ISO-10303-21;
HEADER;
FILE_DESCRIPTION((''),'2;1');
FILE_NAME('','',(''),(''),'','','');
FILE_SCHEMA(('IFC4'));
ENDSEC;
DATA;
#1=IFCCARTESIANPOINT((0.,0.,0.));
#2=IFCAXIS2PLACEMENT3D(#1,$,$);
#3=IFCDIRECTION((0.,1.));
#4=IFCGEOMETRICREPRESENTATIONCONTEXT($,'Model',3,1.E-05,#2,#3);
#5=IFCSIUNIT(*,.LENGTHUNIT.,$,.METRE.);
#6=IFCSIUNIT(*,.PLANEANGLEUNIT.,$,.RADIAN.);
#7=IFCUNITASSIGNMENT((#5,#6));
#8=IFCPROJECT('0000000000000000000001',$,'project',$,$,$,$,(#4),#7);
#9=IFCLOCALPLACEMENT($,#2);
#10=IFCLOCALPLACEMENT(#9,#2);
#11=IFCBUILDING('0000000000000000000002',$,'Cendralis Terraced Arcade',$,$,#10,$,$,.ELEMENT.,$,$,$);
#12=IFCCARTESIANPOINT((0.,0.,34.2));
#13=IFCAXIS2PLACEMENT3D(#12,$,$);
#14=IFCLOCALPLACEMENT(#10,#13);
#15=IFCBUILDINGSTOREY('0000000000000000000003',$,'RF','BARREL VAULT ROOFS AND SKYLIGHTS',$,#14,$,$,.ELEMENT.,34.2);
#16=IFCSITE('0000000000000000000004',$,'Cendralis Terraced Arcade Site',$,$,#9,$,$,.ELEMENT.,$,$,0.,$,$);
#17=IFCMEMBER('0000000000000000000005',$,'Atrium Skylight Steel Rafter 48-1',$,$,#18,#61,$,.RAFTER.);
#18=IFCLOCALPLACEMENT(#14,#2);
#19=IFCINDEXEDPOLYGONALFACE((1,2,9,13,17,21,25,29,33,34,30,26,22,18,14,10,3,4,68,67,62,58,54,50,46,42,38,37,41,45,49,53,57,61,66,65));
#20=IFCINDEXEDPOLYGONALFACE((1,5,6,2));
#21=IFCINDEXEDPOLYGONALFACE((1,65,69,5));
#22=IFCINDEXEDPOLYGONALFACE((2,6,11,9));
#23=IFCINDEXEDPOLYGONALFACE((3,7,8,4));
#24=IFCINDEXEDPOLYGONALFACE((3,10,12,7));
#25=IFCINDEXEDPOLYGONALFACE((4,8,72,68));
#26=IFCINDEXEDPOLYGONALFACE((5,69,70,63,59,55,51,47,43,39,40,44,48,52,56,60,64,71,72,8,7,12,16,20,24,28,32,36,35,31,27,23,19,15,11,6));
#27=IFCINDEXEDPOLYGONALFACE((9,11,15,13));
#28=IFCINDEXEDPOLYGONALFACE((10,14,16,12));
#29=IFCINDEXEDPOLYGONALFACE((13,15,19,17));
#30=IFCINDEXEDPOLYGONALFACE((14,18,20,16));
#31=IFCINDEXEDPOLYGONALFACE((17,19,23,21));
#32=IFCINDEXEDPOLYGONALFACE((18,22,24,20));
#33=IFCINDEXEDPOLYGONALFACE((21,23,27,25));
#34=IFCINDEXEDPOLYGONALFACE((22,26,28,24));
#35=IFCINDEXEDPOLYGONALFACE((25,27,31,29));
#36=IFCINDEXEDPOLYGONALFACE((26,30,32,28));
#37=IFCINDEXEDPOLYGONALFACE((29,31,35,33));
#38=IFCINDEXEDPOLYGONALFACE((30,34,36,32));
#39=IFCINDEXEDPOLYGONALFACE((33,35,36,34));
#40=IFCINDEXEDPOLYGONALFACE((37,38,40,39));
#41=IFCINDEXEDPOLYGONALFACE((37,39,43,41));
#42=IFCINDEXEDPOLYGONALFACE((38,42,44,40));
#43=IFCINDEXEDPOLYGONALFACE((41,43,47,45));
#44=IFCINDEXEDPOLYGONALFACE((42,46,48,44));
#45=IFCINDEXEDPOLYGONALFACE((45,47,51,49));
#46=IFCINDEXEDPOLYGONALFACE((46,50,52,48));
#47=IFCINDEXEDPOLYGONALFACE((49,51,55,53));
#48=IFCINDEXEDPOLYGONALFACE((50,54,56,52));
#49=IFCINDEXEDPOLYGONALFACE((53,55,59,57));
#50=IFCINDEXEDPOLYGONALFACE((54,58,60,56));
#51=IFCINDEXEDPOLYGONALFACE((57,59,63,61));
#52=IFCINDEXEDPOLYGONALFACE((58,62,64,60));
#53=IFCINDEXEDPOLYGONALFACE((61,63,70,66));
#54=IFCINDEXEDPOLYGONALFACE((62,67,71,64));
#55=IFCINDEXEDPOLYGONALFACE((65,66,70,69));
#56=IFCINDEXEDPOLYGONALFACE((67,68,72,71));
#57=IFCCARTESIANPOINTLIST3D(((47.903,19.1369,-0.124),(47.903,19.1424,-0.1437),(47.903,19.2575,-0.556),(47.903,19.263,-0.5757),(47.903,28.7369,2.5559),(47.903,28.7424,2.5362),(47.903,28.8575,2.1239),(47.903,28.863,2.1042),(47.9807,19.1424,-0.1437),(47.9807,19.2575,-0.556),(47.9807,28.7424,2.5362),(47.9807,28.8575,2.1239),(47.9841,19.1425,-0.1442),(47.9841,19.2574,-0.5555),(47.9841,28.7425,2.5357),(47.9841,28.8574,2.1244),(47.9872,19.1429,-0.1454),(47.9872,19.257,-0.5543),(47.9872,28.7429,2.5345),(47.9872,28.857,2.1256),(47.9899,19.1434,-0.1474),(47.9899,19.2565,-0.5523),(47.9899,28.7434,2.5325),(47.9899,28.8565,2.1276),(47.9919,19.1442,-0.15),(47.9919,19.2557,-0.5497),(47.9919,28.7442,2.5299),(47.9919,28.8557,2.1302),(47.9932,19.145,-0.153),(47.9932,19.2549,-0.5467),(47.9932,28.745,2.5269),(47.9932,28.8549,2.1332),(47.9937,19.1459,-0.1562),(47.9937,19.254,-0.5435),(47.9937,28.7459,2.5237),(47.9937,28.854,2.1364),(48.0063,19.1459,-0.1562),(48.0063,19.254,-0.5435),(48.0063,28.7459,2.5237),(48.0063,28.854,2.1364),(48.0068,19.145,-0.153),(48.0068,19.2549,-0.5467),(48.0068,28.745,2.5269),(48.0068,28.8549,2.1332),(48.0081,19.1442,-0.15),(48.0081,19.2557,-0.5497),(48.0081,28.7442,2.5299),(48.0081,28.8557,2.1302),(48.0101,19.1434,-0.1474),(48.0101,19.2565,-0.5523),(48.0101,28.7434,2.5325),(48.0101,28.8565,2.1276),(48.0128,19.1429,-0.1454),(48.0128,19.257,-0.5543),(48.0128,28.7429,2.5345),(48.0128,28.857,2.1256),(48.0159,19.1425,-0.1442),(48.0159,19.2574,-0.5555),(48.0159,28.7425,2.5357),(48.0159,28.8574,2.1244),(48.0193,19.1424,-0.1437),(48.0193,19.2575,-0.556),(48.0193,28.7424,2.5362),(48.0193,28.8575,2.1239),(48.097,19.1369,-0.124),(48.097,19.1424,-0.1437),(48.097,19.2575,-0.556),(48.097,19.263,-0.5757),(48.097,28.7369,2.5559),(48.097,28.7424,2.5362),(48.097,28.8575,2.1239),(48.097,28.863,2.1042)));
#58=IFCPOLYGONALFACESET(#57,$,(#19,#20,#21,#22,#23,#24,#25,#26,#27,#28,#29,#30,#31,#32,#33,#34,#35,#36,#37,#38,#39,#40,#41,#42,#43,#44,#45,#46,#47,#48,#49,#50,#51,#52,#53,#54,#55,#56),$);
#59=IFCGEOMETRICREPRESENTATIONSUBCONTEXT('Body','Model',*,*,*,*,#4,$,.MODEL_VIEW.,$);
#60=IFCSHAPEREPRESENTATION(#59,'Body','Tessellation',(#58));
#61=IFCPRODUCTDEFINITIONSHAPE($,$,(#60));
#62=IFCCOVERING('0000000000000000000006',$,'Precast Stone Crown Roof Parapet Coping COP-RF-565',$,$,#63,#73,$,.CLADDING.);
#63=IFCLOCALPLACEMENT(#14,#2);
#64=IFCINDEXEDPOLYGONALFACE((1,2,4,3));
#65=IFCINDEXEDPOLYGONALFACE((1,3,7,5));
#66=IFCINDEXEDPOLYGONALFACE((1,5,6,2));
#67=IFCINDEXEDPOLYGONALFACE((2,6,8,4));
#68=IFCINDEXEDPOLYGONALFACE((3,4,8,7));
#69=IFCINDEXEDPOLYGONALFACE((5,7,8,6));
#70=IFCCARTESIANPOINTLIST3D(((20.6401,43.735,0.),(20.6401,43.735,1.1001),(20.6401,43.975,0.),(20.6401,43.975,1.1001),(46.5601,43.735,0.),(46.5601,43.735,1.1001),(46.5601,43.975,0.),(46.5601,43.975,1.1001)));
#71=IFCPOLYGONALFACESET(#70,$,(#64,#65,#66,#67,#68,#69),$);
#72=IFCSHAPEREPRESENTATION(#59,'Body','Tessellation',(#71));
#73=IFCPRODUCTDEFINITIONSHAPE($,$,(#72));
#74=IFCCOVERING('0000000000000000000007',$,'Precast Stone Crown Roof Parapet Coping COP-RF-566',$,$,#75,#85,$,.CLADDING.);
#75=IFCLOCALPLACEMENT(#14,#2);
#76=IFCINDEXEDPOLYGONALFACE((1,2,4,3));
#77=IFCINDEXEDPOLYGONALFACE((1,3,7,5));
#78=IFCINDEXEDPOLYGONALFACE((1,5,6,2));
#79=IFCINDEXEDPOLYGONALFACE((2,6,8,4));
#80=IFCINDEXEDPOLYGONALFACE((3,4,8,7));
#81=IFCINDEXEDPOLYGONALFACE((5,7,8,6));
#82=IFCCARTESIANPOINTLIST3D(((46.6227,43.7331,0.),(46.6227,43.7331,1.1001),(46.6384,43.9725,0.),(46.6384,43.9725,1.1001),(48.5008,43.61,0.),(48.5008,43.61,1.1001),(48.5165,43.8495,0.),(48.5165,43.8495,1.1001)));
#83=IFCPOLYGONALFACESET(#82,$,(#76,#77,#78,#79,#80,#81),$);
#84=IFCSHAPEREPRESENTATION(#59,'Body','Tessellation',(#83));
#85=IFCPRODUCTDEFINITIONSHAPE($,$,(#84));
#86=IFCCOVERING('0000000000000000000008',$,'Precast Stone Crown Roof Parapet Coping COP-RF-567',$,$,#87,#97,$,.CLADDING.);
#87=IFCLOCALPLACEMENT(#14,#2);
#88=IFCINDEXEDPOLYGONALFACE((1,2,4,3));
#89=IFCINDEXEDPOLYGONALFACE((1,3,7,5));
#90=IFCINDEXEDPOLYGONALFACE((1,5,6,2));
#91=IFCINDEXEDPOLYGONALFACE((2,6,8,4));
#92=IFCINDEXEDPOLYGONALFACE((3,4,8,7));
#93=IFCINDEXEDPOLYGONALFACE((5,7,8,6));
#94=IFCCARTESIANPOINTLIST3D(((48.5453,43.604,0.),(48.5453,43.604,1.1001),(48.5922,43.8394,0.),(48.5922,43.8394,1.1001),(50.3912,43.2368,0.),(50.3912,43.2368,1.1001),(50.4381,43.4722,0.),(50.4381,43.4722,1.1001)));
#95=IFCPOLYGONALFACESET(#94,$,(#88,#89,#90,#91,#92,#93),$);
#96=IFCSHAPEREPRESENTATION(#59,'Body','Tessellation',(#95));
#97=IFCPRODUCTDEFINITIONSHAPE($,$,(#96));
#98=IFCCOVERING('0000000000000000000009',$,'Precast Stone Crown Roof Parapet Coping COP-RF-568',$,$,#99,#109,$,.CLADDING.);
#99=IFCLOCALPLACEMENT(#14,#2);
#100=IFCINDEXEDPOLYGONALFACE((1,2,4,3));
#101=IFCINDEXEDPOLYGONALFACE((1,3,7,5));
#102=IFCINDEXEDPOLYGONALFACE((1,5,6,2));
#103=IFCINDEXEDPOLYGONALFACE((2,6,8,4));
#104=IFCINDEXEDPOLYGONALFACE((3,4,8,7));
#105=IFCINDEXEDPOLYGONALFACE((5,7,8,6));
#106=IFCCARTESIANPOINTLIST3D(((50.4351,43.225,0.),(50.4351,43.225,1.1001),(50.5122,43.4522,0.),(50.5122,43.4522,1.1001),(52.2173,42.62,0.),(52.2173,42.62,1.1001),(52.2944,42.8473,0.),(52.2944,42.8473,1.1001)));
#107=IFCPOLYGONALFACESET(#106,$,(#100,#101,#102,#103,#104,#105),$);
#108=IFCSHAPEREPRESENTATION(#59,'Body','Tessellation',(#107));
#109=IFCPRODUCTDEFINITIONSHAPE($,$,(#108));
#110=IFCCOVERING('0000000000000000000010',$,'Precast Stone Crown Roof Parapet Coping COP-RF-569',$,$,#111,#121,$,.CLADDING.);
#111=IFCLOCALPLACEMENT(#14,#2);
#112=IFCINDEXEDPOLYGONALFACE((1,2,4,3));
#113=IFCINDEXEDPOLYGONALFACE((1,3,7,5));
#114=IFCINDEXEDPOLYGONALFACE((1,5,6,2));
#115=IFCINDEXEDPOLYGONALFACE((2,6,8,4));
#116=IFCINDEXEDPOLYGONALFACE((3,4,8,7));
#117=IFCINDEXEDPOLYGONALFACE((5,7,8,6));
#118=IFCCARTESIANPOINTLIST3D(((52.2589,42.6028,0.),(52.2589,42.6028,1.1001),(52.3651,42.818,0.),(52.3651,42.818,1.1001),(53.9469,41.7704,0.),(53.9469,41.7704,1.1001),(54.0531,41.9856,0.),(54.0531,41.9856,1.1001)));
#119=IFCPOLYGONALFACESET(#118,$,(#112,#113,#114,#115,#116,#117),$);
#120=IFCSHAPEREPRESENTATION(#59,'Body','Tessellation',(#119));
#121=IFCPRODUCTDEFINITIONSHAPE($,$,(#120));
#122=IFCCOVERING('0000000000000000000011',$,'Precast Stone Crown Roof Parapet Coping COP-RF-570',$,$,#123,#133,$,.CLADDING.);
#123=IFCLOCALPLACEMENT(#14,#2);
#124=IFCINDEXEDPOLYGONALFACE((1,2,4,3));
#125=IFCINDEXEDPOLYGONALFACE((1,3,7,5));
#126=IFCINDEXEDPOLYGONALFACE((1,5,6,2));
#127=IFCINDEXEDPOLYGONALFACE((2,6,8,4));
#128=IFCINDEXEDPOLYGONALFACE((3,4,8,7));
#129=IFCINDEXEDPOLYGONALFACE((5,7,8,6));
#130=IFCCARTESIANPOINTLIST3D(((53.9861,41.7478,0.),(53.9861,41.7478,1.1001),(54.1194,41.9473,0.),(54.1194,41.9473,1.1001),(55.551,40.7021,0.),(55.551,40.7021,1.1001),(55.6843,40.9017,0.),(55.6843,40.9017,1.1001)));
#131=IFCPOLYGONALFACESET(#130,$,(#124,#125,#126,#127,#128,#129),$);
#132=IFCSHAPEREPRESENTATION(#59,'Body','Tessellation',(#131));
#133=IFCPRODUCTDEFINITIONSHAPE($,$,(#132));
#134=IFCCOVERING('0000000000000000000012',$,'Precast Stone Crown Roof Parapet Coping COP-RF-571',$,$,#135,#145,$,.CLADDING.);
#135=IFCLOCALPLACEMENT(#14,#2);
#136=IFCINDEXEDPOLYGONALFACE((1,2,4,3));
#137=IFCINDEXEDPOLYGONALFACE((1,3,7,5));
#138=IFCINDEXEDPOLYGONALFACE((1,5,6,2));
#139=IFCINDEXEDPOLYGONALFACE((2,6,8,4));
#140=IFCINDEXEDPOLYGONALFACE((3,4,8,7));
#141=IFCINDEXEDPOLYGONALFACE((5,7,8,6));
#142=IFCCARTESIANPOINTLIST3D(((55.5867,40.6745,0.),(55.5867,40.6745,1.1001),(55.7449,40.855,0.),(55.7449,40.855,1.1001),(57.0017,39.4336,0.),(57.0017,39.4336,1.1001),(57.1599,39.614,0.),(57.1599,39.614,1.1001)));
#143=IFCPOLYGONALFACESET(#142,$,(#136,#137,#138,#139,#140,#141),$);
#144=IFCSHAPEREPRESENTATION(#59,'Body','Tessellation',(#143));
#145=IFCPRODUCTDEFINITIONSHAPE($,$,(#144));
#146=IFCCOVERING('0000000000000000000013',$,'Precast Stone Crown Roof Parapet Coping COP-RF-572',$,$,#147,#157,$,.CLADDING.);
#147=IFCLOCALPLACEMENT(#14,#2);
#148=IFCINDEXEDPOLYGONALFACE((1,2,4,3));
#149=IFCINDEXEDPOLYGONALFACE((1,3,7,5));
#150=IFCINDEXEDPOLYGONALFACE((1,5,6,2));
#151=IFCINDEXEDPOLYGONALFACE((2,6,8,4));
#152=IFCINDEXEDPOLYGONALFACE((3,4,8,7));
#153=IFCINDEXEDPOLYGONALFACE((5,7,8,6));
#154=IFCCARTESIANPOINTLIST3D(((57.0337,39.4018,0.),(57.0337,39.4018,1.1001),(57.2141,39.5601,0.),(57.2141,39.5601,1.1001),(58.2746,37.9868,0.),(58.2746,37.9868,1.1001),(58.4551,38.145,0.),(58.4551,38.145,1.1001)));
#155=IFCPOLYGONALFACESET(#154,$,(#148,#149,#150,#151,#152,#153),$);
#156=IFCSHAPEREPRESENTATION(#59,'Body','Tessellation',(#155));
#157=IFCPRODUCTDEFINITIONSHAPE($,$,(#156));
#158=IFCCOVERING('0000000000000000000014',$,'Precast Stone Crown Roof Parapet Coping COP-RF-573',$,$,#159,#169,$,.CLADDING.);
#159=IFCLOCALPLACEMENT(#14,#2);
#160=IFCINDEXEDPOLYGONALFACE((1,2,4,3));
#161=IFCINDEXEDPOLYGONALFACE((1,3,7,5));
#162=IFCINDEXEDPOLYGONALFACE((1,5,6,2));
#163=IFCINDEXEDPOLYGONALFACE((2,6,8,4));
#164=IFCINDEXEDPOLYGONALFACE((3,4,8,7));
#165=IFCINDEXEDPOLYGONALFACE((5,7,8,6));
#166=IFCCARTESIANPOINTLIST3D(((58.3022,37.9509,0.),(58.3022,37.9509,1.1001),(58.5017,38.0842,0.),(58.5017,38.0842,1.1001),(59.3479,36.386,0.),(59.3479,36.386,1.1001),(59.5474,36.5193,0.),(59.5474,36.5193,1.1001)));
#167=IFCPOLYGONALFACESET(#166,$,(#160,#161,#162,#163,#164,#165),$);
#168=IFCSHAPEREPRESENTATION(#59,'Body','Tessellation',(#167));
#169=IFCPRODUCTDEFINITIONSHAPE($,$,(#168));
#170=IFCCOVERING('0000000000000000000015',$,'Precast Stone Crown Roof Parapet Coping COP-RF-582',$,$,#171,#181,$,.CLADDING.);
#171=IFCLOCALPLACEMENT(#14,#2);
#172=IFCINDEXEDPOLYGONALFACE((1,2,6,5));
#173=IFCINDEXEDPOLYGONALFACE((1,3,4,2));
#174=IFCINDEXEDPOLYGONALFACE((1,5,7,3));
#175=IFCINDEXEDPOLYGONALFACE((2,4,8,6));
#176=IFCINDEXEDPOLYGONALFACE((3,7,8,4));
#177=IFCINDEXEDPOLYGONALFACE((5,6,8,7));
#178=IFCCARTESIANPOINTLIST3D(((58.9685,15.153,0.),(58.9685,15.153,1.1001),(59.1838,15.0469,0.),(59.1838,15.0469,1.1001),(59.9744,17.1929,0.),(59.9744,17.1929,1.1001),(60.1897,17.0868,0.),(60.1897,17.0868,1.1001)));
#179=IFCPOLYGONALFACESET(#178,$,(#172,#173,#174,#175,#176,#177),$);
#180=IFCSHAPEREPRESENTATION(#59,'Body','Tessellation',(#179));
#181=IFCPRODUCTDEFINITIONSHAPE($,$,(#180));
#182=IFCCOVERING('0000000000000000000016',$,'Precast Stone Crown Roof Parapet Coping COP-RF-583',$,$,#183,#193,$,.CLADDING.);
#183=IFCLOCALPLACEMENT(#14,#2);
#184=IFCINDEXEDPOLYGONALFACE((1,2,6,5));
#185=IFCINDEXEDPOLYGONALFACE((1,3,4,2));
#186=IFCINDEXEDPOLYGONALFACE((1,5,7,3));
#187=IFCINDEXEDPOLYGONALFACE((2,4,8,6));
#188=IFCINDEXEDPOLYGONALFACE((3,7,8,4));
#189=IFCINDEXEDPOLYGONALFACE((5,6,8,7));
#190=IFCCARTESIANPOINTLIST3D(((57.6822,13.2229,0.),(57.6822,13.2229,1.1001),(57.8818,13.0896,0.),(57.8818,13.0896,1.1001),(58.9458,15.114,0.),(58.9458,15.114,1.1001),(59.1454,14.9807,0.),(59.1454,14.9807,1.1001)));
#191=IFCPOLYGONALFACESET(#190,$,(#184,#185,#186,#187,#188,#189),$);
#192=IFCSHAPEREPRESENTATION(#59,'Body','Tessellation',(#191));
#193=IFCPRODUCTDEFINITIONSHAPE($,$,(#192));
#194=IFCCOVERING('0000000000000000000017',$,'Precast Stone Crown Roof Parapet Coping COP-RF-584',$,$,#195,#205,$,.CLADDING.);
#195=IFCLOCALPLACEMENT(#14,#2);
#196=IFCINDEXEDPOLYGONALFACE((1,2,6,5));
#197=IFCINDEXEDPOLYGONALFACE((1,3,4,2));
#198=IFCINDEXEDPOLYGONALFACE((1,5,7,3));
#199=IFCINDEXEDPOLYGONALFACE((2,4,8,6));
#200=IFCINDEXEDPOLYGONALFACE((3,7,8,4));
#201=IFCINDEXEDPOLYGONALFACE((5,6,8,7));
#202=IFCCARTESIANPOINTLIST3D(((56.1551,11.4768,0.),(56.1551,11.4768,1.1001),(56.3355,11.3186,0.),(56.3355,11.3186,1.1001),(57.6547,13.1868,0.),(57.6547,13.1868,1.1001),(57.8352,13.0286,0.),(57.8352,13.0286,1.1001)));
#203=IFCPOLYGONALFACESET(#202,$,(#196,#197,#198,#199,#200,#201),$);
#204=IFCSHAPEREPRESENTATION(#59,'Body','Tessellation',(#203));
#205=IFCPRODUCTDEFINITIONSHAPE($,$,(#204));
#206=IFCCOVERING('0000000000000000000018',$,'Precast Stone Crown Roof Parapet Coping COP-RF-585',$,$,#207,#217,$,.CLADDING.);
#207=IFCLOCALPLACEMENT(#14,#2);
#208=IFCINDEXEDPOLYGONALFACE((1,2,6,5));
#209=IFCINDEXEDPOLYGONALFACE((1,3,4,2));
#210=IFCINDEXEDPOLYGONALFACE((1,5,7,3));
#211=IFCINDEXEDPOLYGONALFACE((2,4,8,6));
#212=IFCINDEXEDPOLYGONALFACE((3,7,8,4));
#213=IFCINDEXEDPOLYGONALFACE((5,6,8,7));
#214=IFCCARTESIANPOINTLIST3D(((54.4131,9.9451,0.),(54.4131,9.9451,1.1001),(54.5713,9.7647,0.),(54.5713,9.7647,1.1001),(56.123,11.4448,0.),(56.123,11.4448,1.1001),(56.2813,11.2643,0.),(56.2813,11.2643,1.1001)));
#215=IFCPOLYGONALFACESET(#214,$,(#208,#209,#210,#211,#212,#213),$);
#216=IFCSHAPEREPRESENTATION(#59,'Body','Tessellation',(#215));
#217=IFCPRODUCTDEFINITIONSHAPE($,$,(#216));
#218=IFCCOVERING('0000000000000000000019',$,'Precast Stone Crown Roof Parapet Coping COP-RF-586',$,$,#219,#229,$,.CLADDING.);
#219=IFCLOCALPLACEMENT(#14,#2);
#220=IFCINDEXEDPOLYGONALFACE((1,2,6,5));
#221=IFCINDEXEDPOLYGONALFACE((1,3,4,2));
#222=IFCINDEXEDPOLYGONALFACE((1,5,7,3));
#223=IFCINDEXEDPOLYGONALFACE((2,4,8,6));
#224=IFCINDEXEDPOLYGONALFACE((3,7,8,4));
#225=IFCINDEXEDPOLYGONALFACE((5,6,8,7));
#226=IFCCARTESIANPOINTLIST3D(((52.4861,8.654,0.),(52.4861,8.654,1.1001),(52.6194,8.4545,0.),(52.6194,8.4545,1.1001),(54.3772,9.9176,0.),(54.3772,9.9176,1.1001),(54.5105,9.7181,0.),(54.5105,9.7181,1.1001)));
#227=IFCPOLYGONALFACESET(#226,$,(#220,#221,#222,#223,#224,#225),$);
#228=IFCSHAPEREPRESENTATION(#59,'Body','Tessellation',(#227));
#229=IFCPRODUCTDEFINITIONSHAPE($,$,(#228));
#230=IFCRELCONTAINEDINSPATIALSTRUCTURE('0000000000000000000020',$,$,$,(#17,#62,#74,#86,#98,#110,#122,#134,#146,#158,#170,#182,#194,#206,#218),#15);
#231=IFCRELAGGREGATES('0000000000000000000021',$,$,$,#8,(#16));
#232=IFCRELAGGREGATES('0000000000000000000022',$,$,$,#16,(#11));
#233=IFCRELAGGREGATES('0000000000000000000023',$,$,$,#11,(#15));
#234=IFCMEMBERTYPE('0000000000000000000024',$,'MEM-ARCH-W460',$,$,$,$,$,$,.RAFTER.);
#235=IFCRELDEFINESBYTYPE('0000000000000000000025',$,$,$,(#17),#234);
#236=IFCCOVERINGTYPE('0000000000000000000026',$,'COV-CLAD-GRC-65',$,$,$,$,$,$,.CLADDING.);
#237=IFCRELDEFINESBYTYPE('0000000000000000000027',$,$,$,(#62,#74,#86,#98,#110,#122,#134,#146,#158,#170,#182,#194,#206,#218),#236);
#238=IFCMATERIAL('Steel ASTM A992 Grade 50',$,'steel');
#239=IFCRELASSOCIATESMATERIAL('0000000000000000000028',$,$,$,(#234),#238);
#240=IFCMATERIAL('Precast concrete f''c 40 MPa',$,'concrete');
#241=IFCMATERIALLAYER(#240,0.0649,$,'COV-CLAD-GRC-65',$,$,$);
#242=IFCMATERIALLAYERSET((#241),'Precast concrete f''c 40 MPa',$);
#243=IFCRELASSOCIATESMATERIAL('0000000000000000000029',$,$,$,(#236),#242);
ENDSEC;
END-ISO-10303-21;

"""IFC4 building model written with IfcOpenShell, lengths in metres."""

from ifc_helpers import new_model, si_unit, direction, frame, origin, origin_2d, place, context, subcontext, project, spatial, rectangle, i_section, extrude, material, layer, layer_set, material_profile, profile_set, type_object, element, save


model = new_model("IFC4")

# Units and contexts
model_context = context("Model", 3, precision=1e-05, world=origin(), true_north=direction((0.0, 1.0)))
body_context = subcontext(model_context, "Body", "Model", "MODEL_VIEW")
ifc_project = project(units=[si_unit("LENGTHUNIT", "METRE"), si_unit("PLANEANGLEUNIT", "RADIAN")], contexts=[model_context])

# Site, building, storey
site_placement = place(None, origin())
site = spatial("IfcSite", under=ifc_project, at=site_placement, Name="Cendralis Terraced Arcade Site", CompositionType="ELEMENT", RefElevation=0.0)
building_placement = place(site_placement, origin())
building = spatial("IfcBuilding", under=site, at=building_placement, Name="Cendralis Terraced Arcade", CompositionType="ELEMENT")
storey_placement = place(building_placement, frame((0.0, 0.0, 34.2)))
storey = spatial("IfcBuildingStorey", under=building, at=storey_placement, Name="RF", Description="BARREL VAULT ROOFS AND SKYLIGHTS", CompositionType="ELEMENT", Elevation=34.2)

# Member
ifc_material_1 = material(Name="Steel ASTM A992 Grade 50", Category="steel")
ifc_material_profile_1 = material_profile(ifc_material_1, i_section(OverallWidth=0.1941, OverallDepth=0.469, WebThickness=0.0127, FlangeThickness=0.0205, FilletRadius=0.0129, at=origin_2d()), Name="W460X106", Category="LoadBearing")
ifc_profile_set_1 = profile_set([ifc_material_profile_1], Name="Steel ASTM A992 Grade 50")
member_type_1 = type_object("IfcMemberType", Name="MEM-ARCH-W460", PredefinedType="RAFTER", material=ifc_profile_set_1)
for number, where, z_axis, x_axis, name in (
    (1, (48.0, 19.2, -0.3499), (0.0, 0.963175, 0.268877), (-1.0, 0.0, 0.0), "Atrium Skylight Steel Rafter 48-1"),
):
    element("IfcMember", number, at=place(storey_placement, frame(where, z_axis=z_axis, x_axis=x_axis)), inside=storey, type_object=member_type_1, Name=name, PredefinedType="RAFTER", context=body_context, shape_type="SweptSolid", body=[
        extrude(i_section(OverallWidth=0.1941, OverallDepth=0.469, WebThickness=0.0127, FlangeThickness=0.0205, FilletRadius=0.0129, at=origin_2d()), origin(), (0.0, 0.0, 1.0), 9.967),
    ])

# Coverings
ifc_material_2 = material(Name="Precast concrete f'c 40 MPa", Category="concrete")
ifc_layer = layer(ifc_material_2, 0.0649, Name="COV-CLAD-GRC-65")
ifc_layer_set = layer_set([ifc_layer], Name="Precast concrete f'c 40 MPa")
covering_type = type_object("IfcCoveringType", Name="COV-CLAD-GRC-65", PredefinedType="CLADDING", material=ifc_layer_set)
covering_1_placement = place(storey_placement, frame((33.6001, 43.855, 0.0), z_axis=(0.0, 0.0, 1.0), x_axis=(1.0, 0.0, 0.0)))
element("IfcCovering", 2, at=covering_1_placement, inside=storey, type_object=covering_type, Name="Precast Stone Crown Roof Parapet Coping COP-RF-565", PredefinedType="CLADDING", context=body_context, shape_type="SweptSolid", body=[
    extrude(rectangle(XDim=25.9199, YDim=0.24, at=origin_2d()), origin(), (0.0, 0.0, 1.0), 1.1001),
])
for number, where, z_axis, x_axis, name in (
    (3, (47.5696, 43.7913, 0.0), (0.0, 0.0, 1.0), (0.99786, -0.065386, 0.0), "Precast Stone Crown Roof Parapet Coping COP-RF-566"),
    (4, (49.4917, 43.5381, 0.0), (0.0, 0.0, 1.0), (0.980785, -0.19509, 0.0), "Precast Stone Crown Roof Parapet Coping COP-RF-567"),
    (5, (51.3647, 43.0361, 0.0), (0.0, 0.0, 1.0), (0.94693, -0.321439, 0.0), "Precast Stone Crown Roof Parapet Coping COP-RF-568"),
    (6, (53.156, 42.2942, 0.0), (0.0, 0.0, 1.0), (0.896873, -0.442289, 0.0), "Precast Stone Crown Roof Parapet Coping COP-RF-569"),
    (7, (54.8352, 41.3247, 0.0), (0.0, 0.0, 1.0), (0.83146, -0.555585, 0.0), "Precast Stone Crown Roof Parapet Coping COP-RF-570"),
    (8, (56.3733, 40.1443, 0.0), (0.0, 0.0, 1.0), (0.75184, -0.659346, 0.0), "Precast Stone Crown Roof Parapet Coping COP-RF-571"),
    (9, (57.7444, 38.7734, 0.0), (0.0, 0.0, 1.0), (0.659346, -0.75184, 0.0), "Precast Stone Crown Roof Parapet Coping COP-RF-572"),
    (10, (58.9248, 37.2351, 0.0), (0.0, 0.0, 1.0), (0.555585, -0.83146, 0.0), "Precast Stone Crown Roof Parapet Coping COP-RF-573"),
):
    element("IfcCovering", number, at=place(storey_placement, frame(where, z_axis=z_axis, x_axis=x_axis)), inside=storey, type_object=covering_type, Name=name, PredefinedType="CLADDING", context=body_context, shape_type="SweptSolid", body=[
        extrude(rectangle(XDim=1.8821, YDim=0.24, at=origin_2d()), origin(), (0.0, 0.0, 1.0), 1.1001),
    ])
for number, where, z_axis, x_axis, name in (
    (11, (59.5791, 16.1199, 0.0), (0.0, 0.0, 1.0), (-0.442257, -0.896888, 0.0), "Precast Stone Crown Roof Parapet Coping COP-RF-582"),
    (12, (58.4138, 14.1018, 0.0), (0.0, 0.0, 1.0), (-0.55557, -0.83147, 0.0), "Precast Stone Crown Roof Parapet Coping COP-RF-583"),
    (13, (56.9951, 12.2527, 0.0), (0.0, 0.0, 1.0), (-0.659359, -0.751828, 0.0), "Precast Stone Crown Roof Parapet Coping COP-RF-584"),
    (14, (55.3472, 10.6047, 0.0), (0.0, 0.0, 1.0), (-0.751828, -0.659359, 0.0), "Precast Stone Crown Roof Parapet Coping COP-RF-585"),
    (15, (53.4983, 9.186, 0.0), (0.0, 0.0, 1.0), (-0.83147, -0.55557, 0.0), "Precast Stone Crown Roof Parapet Coping COP-RF-586"),
):
    element("IfcCovering", number, at=place(storey_placement, frame(where, z_axis=z_axis, x_axis=x_axis)), inside=storey, type_object=covering_type, Name=name, PredefinedType="CLADDING", context=body_context, shape_type="SweptSolid", body=[
        extrude(rectangle(XDim=2.2744, YDim=0.24, at=origin_2d()), origin(), (0.0, 0.0, 1.0), 1.1001),
    ])

save(model, "model.ifc")
